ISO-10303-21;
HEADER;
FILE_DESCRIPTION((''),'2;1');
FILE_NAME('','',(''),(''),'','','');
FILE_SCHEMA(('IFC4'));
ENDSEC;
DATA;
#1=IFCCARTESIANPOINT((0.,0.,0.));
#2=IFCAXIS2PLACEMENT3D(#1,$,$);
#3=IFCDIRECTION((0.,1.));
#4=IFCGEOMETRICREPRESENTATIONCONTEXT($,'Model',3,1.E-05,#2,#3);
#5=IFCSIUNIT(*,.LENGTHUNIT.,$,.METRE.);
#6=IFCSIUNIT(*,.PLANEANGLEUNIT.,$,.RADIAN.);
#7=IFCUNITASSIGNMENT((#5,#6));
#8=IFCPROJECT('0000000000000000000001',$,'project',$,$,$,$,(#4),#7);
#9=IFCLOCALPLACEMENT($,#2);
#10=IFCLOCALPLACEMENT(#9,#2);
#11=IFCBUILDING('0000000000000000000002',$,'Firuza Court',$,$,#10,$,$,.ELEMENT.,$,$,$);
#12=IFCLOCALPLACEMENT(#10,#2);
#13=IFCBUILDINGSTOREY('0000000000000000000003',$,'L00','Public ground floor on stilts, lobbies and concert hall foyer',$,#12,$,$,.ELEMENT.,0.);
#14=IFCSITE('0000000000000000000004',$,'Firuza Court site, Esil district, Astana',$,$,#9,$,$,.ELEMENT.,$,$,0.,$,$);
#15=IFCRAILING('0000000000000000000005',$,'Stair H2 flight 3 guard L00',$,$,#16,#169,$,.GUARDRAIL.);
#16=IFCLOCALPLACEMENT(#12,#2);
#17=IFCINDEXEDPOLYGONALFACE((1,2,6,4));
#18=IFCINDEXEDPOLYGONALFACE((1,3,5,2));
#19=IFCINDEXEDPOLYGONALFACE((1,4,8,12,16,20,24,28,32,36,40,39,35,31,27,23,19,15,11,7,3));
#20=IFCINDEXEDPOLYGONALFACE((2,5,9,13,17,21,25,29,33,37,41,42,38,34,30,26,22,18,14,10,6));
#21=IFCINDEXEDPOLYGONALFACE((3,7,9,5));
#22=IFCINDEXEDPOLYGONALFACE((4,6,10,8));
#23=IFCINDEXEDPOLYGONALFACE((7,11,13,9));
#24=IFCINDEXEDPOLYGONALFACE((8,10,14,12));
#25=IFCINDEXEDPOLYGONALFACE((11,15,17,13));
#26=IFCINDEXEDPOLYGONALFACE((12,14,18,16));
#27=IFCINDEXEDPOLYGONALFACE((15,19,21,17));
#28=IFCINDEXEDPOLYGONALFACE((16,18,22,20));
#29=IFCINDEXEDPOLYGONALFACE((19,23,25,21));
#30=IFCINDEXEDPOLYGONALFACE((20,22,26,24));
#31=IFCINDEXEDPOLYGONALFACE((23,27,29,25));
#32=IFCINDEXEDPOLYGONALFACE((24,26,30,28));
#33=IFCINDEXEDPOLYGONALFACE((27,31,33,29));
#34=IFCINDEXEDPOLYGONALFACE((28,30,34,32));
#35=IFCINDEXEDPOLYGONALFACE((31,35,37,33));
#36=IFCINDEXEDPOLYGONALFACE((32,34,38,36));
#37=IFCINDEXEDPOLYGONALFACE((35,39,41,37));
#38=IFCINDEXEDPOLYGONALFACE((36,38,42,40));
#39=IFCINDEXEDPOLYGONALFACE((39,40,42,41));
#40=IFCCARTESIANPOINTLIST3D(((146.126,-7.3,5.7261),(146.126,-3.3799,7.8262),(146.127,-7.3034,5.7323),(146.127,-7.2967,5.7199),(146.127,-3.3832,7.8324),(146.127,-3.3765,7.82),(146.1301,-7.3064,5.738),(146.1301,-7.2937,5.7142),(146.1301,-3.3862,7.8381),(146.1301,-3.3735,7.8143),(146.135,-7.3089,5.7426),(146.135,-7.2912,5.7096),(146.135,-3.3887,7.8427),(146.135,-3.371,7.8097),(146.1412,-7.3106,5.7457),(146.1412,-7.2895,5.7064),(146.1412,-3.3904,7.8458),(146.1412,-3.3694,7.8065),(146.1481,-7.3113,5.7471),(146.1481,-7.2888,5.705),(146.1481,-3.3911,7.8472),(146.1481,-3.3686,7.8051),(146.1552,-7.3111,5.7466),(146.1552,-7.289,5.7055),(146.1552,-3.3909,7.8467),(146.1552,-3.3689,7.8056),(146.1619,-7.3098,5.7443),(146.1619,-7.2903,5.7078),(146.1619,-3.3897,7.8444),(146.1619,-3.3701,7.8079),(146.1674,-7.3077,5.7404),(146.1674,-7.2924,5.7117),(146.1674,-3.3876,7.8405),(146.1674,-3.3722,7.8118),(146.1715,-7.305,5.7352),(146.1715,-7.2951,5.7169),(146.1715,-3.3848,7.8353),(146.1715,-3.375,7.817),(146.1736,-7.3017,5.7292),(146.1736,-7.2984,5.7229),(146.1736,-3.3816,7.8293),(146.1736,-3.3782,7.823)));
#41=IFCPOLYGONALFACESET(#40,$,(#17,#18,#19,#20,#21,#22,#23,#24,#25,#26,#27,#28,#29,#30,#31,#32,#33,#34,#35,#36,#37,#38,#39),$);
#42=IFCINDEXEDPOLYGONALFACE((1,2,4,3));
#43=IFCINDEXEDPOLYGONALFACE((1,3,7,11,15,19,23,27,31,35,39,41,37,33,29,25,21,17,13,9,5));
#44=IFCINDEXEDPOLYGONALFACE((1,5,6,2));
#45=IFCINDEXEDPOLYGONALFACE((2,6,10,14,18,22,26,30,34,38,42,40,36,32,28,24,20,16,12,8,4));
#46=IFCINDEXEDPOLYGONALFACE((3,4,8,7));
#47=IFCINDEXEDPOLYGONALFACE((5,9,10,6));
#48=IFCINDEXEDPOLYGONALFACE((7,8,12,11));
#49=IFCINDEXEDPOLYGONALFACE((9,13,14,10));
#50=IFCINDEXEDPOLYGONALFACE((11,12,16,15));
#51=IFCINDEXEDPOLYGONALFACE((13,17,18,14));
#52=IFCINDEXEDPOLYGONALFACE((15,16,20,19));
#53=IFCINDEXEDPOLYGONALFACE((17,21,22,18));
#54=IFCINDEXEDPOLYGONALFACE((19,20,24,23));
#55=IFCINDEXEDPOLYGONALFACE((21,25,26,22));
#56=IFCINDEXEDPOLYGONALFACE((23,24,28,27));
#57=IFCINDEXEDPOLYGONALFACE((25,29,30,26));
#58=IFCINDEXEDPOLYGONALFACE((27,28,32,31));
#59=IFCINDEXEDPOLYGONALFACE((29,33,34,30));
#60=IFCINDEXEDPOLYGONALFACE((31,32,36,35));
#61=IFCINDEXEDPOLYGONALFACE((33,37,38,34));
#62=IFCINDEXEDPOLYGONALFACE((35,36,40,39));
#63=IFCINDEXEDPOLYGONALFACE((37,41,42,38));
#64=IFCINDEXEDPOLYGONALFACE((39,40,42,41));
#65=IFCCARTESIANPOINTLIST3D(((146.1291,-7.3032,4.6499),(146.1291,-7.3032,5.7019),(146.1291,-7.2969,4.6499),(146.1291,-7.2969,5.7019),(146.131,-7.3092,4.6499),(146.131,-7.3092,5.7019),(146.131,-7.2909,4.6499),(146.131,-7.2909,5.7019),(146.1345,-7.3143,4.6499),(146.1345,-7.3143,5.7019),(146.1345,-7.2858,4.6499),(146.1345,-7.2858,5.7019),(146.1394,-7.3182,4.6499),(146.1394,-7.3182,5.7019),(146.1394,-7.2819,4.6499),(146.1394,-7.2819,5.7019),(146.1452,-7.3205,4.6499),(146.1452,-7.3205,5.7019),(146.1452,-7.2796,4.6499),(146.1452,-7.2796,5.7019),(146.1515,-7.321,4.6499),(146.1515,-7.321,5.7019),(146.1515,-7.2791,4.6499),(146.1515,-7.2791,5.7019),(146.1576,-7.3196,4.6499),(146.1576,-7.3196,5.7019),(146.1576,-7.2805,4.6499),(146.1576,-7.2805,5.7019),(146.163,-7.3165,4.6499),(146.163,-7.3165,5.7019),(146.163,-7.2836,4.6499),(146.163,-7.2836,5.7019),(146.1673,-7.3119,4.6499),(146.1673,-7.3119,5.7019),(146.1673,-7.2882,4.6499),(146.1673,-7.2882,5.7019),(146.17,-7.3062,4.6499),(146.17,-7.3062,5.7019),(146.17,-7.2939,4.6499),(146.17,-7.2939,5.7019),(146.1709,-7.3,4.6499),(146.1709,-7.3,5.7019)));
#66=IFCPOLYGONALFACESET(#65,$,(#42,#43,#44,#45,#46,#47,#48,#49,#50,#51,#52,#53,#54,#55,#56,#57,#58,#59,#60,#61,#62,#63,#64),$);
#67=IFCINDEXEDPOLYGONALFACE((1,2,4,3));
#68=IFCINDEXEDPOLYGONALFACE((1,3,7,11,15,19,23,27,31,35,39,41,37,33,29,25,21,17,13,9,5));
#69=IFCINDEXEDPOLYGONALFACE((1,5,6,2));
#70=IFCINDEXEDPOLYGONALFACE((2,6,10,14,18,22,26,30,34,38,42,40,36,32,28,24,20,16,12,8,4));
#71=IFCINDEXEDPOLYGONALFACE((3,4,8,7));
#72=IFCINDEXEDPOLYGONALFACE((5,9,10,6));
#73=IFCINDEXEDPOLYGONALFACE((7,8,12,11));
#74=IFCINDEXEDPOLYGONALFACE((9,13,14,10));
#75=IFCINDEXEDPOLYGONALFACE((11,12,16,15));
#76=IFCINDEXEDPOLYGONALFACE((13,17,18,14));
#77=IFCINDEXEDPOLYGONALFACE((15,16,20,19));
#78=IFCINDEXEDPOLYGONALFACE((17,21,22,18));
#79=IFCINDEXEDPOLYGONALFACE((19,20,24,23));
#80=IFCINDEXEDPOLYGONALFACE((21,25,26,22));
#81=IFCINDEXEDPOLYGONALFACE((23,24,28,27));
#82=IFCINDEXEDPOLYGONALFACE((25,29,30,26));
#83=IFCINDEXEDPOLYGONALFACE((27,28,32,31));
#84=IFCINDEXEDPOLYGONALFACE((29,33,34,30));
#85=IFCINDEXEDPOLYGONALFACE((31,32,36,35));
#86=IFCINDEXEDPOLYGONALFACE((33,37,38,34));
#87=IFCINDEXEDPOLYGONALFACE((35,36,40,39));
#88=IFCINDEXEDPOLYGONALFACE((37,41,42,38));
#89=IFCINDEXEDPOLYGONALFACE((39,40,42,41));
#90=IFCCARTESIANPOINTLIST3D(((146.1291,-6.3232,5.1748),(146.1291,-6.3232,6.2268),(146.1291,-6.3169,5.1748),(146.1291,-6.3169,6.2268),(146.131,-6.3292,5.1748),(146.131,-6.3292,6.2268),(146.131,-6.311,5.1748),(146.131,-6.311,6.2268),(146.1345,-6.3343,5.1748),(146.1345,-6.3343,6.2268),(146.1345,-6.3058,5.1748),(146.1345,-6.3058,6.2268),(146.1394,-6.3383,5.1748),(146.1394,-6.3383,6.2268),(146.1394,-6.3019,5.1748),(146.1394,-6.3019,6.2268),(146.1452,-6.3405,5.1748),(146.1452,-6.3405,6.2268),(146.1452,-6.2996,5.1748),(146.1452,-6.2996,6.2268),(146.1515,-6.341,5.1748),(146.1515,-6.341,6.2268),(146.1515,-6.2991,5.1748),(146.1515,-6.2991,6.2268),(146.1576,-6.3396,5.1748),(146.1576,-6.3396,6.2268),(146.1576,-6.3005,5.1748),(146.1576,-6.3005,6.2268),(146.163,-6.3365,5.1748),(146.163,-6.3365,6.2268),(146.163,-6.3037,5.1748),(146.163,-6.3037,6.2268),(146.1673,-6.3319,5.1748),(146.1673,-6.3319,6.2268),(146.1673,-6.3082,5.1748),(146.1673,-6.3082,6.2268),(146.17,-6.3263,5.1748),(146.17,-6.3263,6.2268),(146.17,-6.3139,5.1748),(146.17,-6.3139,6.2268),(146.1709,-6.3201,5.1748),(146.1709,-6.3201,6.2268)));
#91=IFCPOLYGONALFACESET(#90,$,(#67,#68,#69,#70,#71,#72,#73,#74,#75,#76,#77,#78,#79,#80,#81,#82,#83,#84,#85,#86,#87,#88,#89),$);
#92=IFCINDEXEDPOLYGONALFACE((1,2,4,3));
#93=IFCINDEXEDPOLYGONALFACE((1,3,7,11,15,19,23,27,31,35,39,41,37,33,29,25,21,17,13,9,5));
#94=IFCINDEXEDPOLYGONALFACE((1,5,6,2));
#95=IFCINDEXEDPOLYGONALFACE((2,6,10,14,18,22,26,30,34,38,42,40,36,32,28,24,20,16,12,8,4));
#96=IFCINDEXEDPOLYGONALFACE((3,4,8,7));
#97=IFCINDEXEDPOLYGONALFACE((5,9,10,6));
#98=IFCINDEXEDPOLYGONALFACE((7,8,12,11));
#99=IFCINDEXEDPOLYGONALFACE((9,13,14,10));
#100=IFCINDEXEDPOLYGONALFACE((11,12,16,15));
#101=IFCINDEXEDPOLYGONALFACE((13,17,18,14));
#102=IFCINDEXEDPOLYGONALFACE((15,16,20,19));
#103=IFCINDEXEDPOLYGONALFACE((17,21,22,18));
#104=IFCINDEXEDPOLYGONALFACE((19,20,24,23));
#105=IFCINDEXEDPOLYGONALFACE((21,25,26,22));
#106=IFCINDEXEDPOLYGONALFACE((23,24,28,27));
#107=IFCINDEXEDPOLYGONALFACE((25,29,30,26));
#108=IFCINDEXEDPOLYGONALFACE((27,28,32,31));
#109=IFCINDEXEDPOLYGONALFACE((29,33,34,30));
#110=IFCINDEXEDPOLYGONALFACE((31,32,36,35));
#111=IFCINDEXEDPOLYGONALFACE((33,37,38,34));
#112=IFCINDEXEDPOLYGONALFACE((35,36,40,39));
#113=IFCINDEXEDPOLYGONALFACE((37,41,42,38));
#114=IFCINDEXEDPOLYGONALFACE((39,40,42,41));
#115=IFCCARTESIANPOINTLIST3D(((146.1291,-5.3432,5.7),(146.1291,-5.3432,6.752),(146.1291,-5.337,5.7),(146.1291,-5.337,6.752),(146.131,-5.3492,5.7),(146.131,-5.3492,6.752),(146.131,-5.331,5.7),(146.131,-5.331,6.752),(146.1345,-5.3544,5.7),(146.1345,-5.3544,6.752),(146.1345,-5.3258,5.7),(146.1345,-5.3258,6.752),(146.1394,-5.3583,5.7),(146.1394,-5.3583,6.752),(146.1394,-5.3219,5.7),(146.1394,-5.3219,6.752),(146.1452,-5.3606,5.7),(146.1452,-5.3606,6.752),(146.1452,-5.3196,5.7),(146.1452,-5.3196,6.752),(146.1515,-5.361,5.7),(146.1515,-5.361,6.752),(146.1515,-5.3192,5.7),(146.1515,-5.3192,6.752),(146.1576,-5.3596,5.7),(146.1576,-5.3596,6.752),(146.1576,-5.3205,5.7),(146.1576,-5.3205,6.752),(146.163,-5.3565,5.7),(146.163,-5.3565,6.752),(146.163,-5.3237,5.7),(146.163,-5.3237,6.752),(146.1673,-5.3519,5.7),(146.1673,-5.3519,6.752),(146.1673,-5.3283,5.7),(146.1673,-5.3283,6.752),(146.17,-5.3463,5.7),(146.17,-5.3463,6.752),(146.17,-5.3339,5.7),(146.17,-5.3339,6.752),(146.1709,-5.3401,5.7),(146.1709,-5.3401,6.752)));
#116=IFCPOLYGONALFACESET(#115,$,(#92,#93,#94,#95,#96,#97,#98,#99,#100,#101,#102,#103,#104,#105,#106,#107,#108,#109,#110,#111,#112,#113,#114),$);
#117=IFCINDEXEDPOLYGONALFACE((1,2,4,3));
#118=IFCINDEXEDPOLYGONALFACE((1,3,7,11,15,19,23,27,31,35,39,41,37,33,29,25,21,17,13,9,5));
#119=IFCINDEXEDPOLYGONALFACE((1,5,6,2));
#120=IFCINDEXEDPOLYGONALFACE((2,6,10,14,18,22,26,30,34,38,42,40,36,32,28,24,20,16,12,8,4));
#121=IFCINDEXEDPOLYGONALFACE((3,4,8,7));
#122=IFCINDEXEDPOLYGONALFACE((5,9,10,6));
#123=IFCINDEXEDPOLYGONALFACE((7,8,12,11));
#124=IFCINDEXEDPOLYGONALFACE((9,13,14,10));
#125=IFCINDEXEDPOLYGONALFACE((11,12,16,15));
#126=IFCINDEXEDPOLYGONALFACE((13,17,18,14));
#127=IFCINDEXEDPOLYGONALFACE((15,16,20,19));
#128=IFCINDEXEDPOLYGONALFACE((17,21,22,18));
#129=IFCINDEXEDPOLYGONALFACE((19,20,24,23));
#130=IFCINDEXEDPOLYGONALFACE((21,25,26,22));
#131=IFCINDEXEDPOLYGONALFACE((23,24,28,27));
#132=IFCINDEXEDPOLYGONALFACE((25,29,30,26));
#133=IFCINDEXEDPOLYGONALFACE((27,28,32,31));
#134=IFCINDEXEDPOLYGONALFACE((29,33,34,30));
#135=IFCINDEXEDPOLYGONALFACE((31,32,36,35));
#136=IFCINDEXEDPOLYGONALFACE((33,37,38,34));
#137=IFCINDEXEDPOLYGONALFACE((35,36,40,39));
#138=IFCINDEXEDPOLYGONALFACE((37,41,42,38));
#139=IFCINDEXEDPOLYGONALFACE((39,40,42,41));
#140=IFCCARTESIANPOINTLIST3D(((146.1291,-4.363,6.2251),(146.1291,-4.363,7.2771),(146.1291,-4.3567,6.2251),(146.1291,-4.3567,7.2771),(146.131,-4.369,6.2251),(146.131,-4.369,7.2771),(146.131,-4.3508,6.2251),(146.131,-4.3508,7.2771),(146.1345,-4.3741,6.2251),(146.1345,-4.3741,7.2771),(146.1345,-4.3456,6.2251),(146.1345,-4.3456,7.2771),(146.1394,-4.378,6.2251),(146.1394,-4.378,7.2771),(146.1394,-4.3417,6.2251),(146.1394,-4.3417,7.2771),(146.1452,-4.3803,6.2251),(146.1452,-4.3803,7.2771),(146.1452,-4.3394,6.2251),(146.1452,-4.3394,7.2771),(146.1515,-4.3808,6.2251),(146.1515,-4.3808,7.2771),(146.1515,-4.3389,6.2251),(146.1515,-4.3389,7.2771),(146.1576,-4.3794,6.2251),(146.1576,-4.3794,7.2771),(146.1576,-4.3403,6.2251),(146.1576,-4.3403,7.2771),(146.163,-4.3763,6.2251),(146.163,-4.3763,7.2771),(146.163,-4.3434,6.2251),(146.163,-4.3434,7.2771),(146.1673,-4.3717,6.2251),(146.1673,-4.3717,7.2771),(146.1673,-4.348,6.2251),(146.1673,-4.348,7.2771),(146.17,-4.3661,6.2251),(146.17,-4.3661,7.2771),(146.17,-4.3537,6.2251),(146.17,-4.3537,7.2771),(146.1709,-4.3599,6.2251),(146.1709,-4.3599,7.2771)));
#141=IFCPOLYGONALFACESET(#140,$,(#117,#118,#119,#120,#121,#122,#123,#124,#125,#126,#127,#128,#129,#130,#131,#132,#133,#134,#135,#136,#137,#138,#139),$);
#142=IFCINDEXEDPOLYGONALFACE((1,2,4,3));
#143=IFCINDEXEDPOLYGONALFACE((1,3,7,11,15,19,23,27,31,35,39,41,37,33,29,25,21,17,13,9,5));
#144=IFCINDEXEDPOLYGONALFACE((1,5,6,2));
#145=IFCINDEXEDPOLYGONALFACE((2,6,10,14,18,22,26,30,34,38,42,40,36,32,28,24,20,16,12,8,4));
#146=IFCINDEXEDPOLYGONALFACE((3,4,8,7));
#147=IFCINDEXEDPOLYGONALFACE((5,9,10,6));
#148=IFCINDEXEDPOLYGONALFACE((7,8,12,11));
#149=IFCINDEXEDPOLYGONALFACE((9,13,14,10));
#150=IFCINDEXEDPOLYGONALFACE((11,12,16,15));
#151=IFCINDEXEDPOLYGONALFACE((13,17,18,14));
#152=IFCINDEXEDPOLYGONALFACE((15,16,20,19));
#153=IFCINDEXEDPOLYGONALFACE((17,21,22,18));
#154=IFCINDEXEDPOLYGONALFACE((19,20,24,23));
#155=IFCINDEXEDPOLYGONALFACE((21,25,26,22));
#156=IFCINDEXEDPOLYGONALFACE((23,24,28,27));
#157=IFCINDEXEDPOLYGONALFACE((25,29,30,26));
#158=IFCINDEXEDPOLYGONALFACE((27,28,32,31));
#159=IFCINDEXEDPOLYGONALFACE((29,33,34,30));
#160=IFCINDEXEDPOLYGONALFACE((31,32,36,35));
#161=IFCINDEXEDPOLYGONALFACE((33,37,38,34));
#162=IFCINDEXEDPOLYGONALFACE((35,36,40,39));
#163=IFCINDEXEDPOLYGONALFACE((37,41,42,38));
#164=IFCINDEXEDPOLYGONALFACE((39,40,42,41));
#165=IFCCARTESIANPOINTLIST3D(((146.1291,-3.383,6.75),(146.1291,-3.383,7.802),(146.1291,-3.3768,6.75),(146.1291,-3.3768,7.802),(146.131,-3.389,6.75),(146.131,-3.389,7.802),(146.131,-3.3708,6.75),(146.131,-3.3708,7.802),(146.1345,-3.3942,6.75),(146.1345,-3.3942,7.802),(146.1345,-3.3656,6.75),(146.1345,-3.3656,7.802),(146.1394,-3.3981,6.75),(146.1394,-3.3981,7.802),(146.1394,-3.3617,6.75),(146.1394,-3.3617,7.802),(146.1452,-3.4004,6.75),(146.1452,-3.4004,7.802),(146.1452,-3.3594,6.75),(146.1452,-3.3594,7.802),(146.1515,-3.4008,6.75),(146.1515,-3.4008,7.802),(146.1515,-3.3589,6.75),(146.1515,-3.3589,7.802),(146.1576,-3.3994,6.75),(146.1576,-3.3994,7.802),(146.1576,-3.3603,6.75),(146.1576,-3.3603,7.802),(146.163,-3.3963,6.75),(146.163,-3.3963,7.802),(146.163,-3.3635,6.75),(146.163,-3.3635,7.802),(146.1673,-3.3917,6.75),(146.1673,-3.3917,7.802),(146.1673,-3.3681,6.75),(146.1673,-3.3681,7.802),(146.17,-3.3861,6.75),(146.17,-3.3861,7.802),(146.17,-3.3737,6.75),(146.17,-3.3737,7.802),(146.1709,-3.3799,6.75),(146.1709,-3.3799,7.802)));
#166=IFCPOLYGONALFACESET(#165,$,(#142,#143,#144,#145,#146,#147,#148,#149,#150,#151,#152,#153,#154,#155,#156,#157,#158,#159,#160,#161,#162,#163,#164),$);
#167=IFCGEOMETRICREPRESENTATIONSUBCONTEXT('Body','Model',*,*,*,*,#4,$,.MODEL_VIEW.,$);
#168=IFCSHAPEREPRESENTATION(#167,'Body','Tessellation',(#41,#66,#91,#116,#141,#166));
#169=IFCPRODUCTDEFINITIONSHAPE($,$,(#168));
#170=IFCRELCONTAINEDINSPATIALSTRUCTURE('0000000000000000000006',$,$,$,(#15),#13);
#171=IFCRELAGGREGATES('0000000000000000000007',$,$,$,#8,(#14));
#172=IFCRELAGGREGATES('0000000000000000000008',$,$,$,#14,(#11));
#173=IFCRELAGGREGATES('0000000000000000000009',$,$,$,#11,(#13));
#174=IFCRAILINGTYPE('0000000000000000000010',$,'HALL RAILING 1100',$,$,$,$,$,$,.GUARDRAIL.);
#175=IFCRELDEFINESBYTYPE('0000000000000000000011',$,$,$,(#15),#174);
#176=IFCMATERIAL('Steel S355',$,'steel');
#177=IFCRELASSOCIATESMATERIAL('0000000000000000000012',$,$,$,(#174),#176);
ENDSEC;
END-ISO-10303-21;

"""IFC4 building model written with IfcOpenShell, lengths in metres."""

from ifc_helpers import new_model, si_unit, direction, frame, origin, origin_2d, place, context, subcontext, project, spatial, circle, extrude, material, type_object, element, save


model = new_model("IFC4")

# Units and contexts
model_context = context("Model", 3, precision=1e-05, world=origin(), true_north=direction((0.0, 1.0)))
body_context = subcontext(model_context, "Body", "Model", "MODEL_VIEW")
ifc_project = project(units=[si_unit("LENGTHUNIT", "METRE"), si_unit("PLANEANGLEUNIT", "RADIAN")], contexts=[model_context])

# Site, building, storey
site_placement = place(None, origin())
site = spatial("IfcSite", under=ifc_project, at=site_placement, Name="Firuza Court site, Esil district, Astana", CompositionType="ELEMENT", RefElevation=0.0)
building_placement = place(site_placement, origin())
building = spatial("IfcBuilding", under=site, at=building_placement, Name="Firuza Court", CompositionType="ELEMENT")
storey_placement = place(building_placement, origin())
storey = spatial("IfcBuildingStorey", under=building, at=storey_placement, Name="L00", Description="Public ground floor on stilts, lobbies and concert hall foyer", CompositionType="ELEMENT", Elevation=0.0)

# Railing
ifc_material_1 = material(Name="Steel S355", Category="steel")
railing_type_1 = type_object("IfcRailingType", Name="HALL RAILING 1100", PredefinedType="GUARDRAIL", material=ifc_material_1)
railing_1_placement = place(storey_placement, frame((146.1499, -7.3, 4.6499)))
element("IfcRailing", 1, at=railing_1_placement, inside=storey, type_object=railing_type_1, Name="Stair H2 flight 3 guard L00", PredefinedType="GUARDRAIL", context=body_context, shape_type="SweptSolid", body=[
    extrude(circle(Radius=0.0239, at=origin_2d()), frame((0.0, 0.0, 1.0762), z_axis=(0.0, 0.881479, 0.472223), x_axis=(-1.0, 0.0, 0.0)), (0.0, 0.0, 1.0), 4.4473),
    extrude(circle(Radius=0.021, at=origin_2d()), origin(), (0.0, 0.0, 1.0), 1.052),
    extrude(circle(Radius=0.021, at=origin_2d()), frame((0.0, 0.98, 0.5249)), (0.0, 0.0, 1.0), 1.052),
    extrude(circle(Radius=0.021, at=origin_2d()), frame((0.0, 1.96, 1.05)), (0.0, 0.0, 1.0), 1.052),
    extrude(circle(Radius=0.021, at=origin_2d()), frame((0.0, 2.9402, 1.5752)), (0.0, 0.0, 1.0), 1.052),
    extrude(circle(Radius=0.021, at=origin_2d()), frame((0.0, 3.9202, 2.1001)), (0.0, 0.0, 1.0), 1.052),
])

save(model, "model.ifc")
